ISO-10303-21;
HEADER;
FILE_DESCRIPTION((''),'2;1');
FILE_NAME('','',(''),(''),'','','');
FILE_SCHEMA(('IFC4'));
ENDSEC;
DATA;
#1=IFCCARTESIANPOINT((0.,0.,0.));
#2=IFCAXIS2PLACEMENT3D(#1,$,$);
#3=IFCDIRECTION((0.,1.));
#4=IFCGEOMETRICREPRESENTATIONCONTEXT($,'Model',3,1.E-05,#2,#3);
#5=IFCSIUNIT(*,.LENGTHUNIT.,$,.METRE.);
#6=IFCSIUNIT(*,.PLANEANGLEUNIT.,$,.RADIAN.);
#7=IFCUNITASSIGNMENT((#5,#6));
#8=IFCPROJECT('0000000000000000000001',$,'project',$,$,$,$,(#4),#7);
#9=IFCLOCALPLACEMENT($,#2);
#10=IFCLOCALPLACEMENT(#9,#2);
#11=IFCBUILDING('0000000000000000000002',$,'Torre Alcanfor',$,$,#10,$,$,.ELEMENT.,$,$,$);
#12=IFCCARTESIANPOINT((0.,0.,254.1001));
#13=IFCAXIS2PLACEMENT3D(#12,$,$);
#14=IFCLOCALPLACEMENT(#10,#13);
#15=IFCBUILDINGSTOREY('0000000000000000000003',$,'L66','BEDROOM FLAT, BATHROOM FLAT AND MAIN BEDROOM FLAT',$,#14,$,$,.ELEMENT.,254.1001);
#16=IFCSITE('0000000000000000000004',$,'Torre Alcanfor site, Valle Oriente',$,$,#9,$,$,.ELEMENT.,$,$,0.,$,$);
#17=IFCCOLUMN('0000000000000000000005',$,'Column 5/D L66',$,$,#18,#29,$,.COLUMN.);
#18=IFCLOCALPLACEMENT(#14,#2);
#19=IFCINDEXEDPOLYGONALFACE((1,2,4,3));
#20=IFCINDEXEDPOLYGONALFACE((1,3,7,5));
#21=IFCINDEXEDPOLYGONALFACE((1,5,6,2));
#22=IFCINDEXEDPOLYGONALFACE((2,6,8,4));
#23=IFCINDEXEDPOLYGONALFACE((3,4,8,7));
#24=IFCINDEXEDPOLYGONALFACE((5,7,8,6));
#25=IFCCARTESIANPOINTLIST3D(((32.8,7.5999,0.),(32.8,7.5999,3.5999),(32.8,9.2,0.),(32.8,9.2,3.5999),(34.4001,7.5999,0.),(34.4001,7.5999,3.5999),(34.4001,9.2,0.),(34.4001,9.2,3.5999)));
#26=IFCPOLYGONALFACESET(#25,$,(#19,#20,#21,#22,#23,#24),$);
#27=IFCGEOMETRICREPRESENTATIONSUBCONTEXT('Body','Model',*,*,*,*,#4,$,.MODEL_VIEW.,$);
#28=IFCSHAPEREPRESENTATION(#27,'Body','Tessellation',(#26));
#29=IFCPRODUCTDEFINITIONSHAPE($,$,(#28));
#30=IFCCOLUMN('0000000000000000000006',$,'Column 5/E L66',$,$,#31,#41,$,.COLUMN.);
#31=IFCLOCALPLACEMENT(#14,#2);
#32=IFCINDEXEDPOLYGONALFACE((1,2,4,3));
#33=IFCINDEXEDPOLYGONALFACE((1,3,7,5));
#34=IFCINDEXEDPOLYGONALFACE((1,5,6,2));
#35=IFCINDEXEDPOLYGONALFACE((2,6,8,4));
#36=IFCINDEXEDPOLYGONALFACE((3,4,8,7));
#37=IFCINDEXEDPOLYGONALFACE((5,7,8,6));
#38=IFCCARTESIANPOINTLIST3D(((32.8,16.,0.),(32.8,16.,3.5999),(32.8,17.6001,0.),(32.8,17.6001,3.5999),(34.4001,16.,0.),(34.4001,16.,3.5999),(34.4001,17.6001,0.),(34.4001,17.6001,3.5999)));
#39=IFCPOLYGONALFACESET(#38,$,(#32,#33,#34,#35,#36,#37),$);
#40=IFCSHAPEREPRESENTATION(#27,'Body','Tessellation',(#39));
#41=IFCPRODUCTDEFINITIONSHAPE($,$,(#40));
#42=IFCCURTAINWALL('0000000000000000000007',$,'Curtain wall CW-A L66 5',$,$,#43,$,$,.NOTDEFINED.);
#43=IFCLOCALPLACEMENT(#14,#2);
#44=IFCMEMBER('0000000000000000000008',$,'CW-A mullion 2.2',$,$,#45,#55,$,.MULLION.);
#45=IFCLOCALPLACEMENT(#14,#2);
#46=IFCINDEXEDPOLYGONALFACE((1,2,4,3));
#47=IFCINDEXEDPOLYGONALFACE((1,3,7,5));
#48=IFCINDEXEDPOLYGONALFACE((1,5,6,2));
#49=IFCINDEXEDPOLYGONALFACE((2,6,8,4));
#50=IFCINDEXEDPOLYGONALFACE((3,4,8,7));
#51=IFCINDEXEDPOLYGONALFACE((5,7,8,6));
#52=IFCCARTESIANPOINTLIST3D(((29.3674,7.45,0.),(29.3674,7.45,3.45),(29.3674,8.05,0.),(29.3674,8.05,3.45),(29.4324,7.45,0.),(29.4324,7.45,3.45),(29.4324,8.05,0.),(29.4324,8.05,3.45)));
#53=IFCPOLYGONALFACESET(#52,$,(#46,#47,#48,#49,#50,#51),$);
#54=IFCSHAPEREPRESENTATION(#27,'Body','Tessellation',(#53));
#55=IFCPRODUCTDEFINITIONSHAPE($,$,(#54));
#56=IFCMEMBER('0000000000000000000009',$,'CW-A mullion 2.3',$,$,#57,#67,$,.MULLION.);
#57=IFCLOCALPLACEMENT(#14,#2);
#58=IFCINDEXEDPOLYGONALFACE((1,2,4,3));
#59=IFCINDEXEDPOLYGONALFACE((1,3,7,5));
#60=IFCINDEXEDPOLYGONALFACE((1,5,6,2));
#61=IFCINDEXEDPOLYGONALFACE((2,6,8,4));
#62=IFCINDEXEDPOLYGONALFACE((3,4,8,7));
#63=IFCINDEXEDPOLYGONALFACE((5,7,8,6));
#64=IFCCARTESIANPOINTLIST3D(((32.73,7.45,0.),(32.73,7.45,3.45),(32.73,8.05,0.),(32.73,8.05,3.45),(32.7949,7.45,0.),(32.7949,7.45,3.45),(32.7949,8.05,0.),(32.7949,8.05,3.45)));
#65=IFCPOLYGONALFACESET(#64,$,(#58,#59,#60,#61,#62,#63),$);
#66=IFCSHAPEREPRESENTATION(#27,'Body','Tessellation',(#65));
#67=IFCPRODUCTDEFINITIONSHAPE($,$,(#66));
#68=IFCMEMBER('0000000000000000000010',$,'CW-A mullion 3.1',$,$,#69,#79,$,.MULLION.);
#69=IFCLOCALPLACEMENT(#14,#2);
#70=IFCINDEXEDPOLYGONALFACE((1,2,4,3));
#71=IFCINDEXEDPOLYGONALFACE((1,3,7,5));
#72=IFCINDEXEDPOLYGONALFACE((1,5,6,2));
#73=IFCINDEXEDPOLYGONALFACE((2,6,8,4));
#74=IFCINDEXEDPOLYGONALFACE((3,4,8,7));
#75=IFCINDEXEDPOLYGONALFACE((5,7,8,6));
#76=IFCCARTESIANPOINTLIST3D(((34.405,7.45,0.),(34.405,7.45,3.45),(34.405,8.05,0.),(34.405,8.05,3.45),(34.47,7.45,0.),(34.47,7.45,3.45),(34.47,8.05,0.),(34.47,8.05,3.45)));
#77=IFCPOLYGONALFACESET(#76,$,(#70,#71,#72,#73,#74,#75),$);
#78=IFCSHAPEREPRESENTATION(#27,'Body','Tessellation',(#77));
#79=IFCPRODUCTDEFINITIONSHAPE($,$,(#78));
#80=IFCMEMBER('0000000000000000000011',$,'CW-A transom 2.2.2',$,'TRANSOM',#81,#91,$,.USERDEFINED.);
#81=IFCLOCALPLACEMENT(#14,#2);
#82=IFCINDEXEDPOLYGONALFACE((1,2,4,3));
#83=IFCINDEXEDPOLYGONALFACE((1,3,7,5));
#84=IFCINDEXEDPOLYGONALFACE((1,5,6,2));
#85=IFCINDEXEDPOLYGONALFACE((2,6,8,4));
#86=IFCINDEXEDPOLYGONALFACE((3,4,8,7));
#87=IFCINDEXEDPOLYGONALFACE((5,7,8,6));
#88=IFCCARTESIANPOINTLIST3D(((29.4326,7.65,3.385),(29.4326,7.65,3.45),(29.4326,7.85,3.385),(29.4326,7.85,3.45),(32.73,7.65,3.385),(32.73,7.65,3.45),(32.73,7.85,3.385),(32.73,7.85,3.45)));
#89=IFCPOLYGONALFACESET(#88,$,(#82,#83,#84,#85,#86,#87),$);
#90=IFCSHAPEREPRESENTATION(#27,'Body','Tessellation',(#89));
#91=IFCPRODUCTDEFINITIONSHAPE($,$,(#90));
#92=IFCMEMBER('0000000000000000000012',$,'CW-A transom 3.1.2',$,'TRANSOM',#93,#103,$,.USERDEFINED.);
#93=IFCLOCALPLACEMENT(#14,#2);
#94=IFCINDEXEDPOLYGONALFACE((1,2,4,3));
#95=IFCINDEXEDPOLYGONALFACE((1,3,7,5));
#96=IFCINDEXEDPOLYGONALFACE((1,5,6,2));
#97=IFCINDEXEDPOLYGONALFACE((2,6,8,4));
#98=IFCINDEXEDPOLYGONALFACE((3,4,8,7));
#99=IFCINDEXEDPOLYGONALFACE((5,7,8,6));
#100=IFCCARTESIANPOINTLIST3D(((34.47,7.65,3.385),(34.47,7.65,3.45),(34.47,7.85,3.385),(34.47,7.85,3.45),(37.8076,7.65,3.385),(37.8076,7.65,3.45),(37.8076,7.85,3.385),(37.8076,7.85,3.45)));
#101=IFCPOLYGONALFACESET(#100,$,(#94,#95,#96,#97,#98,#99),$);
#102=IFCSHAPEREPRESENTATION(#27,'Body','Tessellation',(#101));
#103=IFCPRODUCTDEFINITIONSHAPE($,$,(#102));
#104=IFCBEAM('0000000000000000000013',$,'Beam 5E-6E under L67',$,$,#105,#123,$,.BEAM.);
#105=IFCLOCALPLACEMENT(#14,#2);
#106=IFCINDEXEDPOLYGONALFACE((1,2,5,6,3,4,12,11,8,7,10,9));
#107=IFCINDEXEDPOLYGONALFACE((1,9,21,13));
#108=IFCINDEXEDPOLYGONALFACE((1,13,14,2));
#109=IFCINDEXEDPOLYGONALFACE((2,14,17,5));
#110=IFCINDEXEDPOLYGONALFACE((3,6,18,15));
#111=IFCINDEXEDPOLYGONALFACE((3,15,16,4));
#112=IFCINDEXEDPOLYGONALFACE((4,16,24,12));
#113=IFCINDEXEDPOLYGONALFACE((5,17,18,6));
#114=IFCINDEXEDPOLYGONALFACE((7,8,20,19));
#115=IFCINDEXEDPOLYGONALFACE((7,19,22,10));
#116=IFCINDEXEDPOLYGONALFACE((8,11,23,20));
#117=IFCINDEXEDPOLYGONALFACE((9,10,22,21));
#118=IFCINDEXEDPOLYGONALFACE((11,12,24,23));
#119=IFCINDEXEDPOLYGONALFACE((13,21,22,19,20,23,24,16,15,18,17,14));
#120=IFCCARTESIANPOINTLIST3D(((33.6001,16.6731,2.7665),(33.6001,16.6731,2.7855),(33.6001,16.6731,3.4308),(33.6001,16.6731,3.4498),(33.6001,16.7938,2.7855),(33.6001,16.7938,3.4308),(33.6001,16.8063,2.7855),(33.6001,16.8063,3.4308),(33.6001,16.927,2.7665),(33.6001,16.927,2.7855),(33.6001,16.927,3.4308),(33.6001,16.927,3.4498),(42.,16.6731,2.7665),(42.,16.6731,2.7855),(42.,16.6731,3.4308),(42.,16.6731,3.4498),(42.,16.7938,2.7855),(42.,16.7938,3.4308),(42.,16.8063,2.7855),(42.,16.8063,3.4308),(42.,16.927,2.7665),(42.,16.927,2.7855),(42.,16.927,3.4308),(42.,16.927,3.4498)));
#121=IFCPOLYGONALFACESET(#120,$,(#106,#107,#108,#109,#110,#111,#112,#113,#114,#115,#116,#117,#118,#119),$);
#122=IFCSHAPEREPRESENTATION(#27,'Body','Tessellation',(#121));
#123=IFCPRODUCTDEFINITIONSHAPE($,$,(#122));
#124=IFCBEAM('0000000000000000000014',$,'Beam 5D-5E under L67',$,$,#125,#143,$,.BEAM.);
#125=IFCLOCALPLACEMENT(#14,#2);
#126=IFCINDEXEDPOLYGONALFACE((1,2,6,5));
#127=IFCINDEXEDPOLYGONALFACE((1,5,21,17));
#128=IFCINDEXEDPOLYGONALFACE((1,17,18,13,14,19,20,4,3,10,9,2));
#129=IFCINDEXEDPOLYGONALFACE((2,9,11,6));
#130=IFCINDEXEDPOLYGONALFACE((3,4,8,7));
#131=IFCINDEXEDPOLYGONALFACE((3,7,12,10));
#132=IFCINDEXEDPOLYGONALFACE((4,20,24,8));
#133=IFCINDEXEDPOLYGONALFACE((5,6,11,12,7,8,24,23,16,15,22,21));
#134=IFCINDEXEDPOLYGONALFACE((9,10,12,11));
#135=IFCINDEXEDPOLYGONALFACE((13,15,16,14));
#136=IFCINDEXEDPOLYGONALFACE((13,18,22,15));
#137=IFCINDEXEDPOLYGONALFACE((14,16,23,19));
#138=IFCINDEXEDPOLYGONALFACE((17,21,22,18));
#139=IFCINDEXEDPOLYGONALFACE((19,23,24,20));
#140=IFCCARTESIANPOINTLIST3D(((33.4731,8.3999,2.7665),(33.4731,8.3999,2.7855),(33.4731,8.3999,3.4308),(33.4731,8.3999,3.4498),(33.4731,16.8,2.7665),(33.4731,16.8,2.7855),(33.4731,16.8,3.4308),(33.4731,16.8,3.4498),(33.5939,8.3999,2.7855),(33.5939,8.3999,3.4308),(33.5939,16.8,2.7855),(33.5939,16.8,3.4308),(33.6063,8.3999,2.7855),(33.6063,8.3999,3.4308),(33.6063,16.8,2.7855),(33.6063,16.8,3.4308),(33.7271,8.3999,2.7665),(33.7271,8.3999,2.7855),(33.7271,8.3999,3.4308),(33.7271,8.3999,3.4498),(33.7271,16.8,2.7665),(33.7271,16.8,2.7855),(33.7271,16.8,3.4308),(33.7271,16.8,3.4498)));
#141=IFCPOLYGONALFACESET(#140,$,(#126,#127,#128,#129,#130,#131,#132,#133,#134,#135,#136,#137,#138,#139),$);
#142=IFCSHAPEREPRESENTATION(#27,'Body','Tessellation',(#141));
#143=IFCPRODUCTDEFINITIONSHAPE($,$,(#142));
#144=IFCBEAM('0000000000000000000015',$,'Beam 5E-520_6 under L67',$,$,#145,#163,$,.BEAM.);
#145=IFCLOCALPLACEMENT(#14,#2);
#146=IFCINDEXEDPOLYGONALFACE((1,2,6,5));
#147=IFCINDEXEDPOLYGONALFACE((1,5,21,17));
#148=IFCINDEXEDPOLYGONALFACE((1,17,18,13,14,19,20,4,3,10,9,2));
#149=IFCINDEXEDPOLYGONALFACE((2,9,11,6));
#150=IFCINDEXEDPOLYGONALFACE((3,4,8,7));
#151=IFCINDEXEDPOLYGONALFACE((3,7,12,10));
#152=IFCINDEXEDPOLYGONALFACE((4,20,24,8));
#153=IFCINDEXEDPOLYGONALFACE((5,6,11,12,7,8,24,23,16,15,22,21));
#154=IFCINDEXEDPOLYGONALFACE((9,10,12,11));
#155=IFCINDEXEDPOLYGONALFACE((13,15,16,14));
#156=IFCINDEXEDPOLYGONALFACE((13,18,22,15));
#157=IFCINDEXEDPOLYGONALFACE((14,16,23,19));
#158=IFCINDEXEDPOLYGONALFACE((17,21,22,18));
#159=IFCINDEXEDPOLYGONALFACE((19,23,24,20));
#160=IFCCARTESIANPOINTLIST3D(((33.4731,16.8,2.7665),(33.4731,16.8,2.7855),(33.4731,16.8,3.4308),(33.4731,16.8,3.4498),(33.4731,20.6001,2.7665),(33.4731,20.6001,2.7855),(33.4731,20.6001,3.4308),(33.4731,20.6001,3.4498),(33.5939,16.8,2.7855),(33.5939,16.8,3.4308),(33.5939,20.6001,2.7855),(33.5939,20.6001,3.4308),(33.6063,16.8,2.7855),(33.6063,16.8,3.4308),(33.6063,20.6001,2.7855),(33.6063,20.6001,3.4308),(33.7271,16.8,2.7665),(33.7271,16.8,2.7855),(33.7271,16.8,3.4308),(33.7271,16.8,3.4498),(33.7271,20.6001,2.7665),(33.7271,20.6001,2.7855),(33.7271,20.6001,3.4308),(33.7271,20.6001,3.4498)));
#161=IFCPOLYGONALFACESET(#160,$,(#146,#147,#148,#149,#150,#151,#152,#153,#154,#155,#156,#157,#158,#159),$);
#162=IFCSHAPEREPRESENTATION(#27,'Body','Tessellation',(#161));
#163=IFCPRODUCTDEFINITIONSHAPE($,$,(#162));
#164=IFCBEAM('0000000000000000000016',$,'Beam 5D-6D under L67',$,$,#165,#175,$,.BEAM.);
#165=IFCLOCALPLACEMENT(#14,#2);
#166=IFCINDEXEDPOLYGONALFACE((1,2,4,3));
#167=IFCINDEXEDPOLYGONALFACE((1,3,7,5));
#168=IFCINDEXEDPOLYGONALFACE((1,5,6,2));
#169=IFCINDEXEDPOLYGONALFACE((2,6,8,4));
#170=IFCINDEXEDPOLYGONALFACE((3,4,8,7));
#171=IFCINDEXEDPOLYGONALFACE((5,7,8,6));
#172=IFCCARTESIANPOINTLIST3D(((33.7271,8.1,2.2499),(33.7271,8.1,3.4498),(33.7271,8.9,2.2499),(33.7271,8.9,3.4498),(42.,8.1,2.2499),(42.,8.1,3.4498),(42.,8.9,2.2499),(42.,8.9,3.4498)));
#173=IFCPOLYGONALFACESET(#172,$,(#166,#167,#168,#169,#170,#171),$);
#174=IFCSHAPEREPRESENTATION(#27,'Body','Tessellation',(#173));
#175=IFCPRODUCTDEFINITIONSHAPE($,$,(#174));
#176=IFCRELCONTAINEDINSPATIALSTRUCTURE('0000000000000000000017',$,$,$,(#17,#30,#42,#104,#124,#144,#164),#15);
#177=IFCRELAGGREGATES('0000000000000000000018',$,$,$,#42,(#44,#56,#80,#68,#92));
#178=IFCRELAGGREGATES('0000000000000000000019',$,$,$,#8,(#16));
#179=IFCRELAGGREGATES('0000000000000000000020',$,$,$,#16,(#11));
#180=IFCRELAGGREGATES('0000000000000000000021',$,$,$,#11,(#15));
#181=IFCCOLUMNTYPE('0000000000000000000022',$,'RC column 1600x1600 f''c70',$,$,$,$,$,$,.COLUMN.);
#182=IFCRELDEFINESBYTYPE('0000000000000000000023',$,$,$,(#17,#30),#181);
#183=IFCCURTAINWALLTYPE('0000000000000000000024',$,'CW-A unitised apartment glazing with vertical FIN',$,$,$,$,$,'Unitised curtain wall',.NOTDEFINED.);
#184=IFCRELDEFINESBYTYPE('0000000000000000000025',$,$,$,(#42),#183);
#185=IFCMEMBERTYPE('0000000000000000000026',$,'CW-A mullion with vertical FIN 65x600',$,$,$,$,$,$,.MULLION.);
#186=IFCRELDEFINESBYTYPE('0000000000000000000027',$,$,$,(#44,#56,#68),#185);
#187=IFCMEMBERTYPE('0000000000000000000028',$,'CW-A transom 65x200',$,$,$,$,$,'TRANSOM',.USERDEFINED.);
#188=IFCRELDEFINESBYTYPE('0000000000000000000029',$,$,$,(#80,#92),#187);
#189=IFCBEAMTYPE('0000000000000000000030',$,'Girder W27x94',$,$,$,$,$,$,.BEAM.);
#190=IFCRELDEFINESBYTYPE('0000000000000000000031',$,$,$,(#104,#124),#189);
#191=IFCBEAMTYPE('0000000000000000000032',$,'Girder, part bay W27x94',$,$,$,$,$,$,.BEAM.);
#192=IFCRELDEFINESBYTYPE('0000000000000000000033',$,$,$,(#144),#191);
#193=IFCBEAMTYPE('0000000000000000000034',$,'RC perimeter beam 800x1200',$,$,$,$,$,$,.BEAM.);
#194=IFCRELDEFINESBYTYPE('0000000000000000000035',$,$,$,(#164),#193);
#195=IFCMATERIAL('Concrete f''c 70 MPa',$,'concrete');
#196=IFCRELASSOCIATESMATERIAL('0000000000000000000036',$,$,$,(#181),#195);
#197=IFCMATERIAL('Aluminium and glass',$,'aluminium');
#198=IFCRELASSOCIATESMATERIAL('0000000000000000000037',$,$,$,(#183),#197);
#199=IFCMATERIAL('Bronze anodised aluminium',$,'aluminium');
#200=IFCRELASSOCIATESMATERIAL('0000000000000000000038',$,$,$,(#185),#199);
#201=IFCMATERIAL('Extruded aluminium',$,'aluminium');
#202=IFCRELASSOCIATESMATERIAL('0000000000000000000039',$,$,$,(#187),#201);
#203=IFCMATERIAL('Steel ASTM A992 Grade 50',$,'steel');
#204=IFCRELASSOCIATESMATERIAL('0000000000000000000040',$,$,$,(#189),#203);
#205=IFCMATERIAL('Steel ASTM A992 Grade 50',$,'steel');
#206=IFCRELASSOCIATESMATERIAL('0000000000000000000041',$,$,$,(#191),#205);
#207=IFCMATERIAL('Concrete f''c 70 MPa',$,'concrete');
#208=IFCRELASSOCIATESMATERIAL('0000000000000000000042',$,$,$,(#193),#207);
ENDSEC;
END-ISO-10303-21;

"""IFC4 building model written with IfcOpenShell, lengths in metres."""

from ifc_helpers import new_model, si_unit, direction, frame, origin, origin_2d, place, context, subcontext, project, spatial, rectangle, i_section, extrude, material, material_profile, profile_set, type_object, element, aggregate, save


model = new_model("IFC4")

# Units and contexts
model_context = context("Model", 3, precision=1e-05, world=origin(), true_north=direction((0.0, 1.0)))
body_context = subcontext(model_context, "Body", "Model", "MODEL_VIEW")
ifc_project = project(units=[si_unit("LENGTHUNIT", "METRE"), si_unit("PLANEANGLEUNIT", "RADIAN")], contexts=[model_context])

# Site, building, storey
site_placement = place(None, origin())
site = spatial("IfcSite", under=ifc_project, at=site_placement, Name="Torre Alcanfor site, Valle Oriente", CompositionType="ELEMENT", RefElevation=0.0)
building_placement = place(site_placement, origin())
building = spatial("IfcBuilding", under=site, at=building_placement, Name="Torre Alcanfor", CompositionType="ELEMENT")
storey_placement = place(building_placement, frame((0.0, 0.0, 254.1001)))
storey = spatial("IfcBuildingStorey", under=building, at=storey_placement, Name="L66", Description="BEDROOM FLAT, BATHROOM FLAT AND MAIN BEDROOM FLAT", CompositionType="ELEMENT", Elevation=254.1001)

# Columns
ifc_material_1 = material(Name="Concrete f'c 70 MPa", Category="concrete")
ifc_material_profile_1 = material_profile(ifc_material_1, rectangle(XDim=1.6001, YDim=1.6001, at=origin_2d()), Name="1600x1600")
ifc_profile_set_1 = profile_set([ifc_material_profile_1], Name="Concrete f'c 70 MPa")
column_type = type_object("IfcColumnType", Name="RC column 1600x1600 f'c70", PredefinedType="COLUMN", material=ifc_profile_set_1)
for number, where, z_axis, x_axis, name in (
    (1, (33.6001, 8.3999, 0.0), (0.0, 0.0, 1.0), (1.0, 0.0, 0.0), "Column 5/D L66"),
    (2, (33.6001, 16.8, 0.0), (0.0, 0.0, 1.0), (1.0, 0.0, 0.0), "Column 5/E L66"),
):
    element("IfcColumn", number, at=place(storey_placement, frame(where, z_axis=z_axis, x_axis=x_axis)), inside=storey, type_object=column_type, Name=name, PredefinedType="COLUMN", context=body_context, shape_type="SweptSolid", body=[
        extrude(rectangle(XDim=1.6001, YDim=1.6001, at=origin_2d()), origin(), (0.0, 0.0, 1.0), 3.5999),
    ])

# Curtain wall, members
ifc_material_2 = material(Name="Aluminium and glass", Category="aluminium")
curtain_wall_type = type_object("IfcCurtainWallType", Name="CW-A unitised apartment glazing with vertical FIN", ElementType="Unitised curtain wall", PredefinedType="NOTDEFINED", material=ifc_material_2)
curtain_wall_placement = place(storey_placement, origin())
curtain_wall = element("IfcCurtainWall", 3, at=curtain_wall_placement, inside=storey, type_object=curtain_wall_type, Name="Curtain wall CW-A L66 5", PredefinedType="NOTDEFINED")
ifc_material_3 = material(Name="Bronze anodised aluminium", Category="aluminium")
ifc_material_profile_2 = material_profile(ifc_material_3, rectangle(XDim=0.6001, YDim=0.0649, at=origin_2d()), Name="CW-A mullion 65x600")
ifc_profile_set_2 = profile_set([ifc_material_profile_2], Name="Bronze anodised aluminium")
member_type_1 = type_object("IfcMemberType", Name="CW-A mullion with vertical FIN 65x600", PredefinedType="MULLION", material=ifc_profile_set_2)
member_1_placement = place(storey_placement, frame((29.3999, 7.75, 0.0), z_axis=(0.0, 0.0, 1.0), x_axis=(0.0, 1.0, 0.0)))
member_1 = element("IfcMember", 4, at=member_1_placement, type_object=member_type_1, Name="CW-A mullion 2.2", PredefinedType="MULLION", context=body_context, shape_type="SweptSolid", body=[
    extrude(rectangle(XDim=0.6001, YDim=0.0649, at=origin_2d()), origin(), (0.0, 0.0, 1.0), 3.45),
])
member_2_placement = place(storey_placement, frame((32.7625, 7.75, 0.0), z_axis=(0.0, 0.0, 1.0), x_axis=(0.0, 1.0, 0.0)))
member_2 = element("IfcMember", 5, at=member_2_placement, type_object=member_type_1, Name="CW-A mullion 2.3", PredefinedType="MULLION", context=body_context, shape_type="SweptSolid", body=[
    extrude(rectangle(XDim=0.6001, YDim=0.0649, at=origin_2d()), origin(), (0.0, 0.0, 1.0), 3.45),
])
member_3_placement = place(storey_placement, frame((34.4375, 7.75, 0.0), z_axis=(0.0, 0.0, 1.0), x_axis=(0.0, 1.0, 0.0)))
member_3 = element("IfcMember", 6, at=member_3_placement, type_object=member_type_1, Name="CW-A mullion 3.1", PredefinedType="MULLION", context=body_context, shape_type="SweptSolid", body=[
    extrude(rectangle(XDim=0.6001, YDim=0.0649, at=origin_2d()), origin(), (0.0, 0.0, 1.0), 3.45),
])
ifc_material_4 = material(Name="Extruded aluminium", Category="aluminium")
ifc_material_profile_3 = material_profile(ifc_material_4, rectangle(XDim=0.2, YDim=0.0649, at=origin_2d()), Name="CW-A transom 200x65")
ifc_profile_set_3 = profile_set([ifc_material_profile_3], Name="Extruded aluminium")
member_type_2 = type_object("IfcMemberType", Name="CW-A transom 65x200", ElementType="TRANSOM", PredefinedType="USERDEFINED", material=ifc_profile_set_3)
member_4_placement = place(storey_placement, frame((29.4326, 7.75, 3.4175), z_axis=(1.0, 0.0, 0.0), x_axis=(0.0, 1.0, 0.0)))
member_4 = element("IfcMember", 7, at=member_4_placement, type_object=member_type_2, Name="CW-A transom 2.2.2", ObjectType="TRANSOM", PredefinedType="USERDEFINED", context=body_context, shape_type="SweptSolid", body=[
    extrude(rectangle(XDim=0.2, YDim=0.0649, at=origin_2d()), origin(), (0.0, 0.0, 1.0), 3.2974),
])
member_5_placement = place(storey_placement, frame((34.47, 7.75, 3.4175), z_axis=(1.0, 0.0, 0.0), x_axis=(0.0, 1.0, 0.0)))
member_5 = element("IfcMember", 8, at=member_5_placement, type_object=member_type_2, Name="CW-A transom 3.1.2", ObjectType="TRANSOM", PredefinedType="USERDEFINED", context=body_context, shape_type="SweptSolid", body=[
    extrude(rectangle(XDim=0.2, YDim=0.0649, at=origin_2d()), origin(), (0.0, 0.0, 1.0), 3.3376),
])

# Beams
ifc_material_5 = material(Name="Steel ASTM A992 Grade 50", Category="steel")
ifc_material_profile_4 = material_profile(ifc_material_5, i_section(OverallWidth=0.2539, OverallDepth=0.6833, WebThickness=0.0125, FlangeThickness=0.019, at=origin_2d()), Name="W27x94")
ifc_profile_set_4 = profile_set([ifc_material_profile_4], Name="Steel ASTM A992 Grade 50")
beam_type_1 = type_object("IfcBeamType", Name="Girder W27x94", PredefinedType="BEAM", material=ifc_profile_set_4)
beam_1_placement = place(storey_placement, frame((33.6001, 16.8, 3.1082), z_axis=(1.0, 0.0, 0.0), x_axis=(0.0, 1.0, 0.0)))
element("IfcBeam", 9, at=beam_1_placement, inside=storey, type_object=beam_type_1, Name="Beam 5E-6E under L67", PredefinedType="BEAM", context=body_context, shape_type="SweptSolid", body=[
    extrude(i_section(OverallWidth=0.2539, OverallDepth=0.6833, WebThickness=0.0125, FlangeThickness=0.019, at=origin_2d()), origin(), (0.0, 0.0, 1.0), 8.3999),
])
beam_2_placement = place(storey_placement, frame((33.6001, 8.3999, 3.1082), z_axis=(0.0, 1.0, 0.0), x_axis=(-1.0, 0.0, 0.0)))
element("IfcBeam", 10, at=beam_2_placement, inside=storey, type_object=beam_type_1, Name="Beam 5D-5E under L67", PredefinedType="BEAM", context=body_context, shape_type="SweptSolid", body=[
    extrude(i_section(OverallWidth=0.2539, OverallDepth=0.6833, WebThickness=0.0125, FlangeThickness=0.019, at=origin_2d()), origin(), (0.0, 0.0, 1.0), 8.4001),
])
ifc_material_6 = material(Name="Steel ASTM A992 Grade 50", Category="steel")
ifc_material_profile_5 = material_profile(ifc_material_6, i_section(OverallWidth=0.2539, OverallDepth=0.6833, WebThickness=0.0125, FlangeThickness=0.019, at=origin_2d()), Name="W27x94")
ifc_profile_set_5 = profile_set([ifc_material_profile_5], Name="Steel ASTM A992 Grade 50")
beam_type_2 = type_object("IfcBeamType", Name="Girder, part bay W27x94", PredefinedType="BEAM", material=ifc_profile_set_5)
beam_3_placement = place(storey_placement, frame((33.6001, 16.8, 3.1082), z_axis=(0.0, 1.0, 0.0), x_axis=(-1.0, 0.0, 0.0)))
element("IfcBeam", 11, at=beam_3_placement, inside=storey, type_object=beam_type_2, Name="Beam 5E-520_6 under L67", PredefinedType="BEAM", context=body_context, shape_type="SweptSolid", body=[
    extrude(i_section(OverallWidth=0.2539, OverallDepth=0.6833, WebThickness=0.0125, FlangeThickness=0.019, at=origin_2d()), origin(), (0.0, 0.0, 1.0), 3.8),
])
ifc_material_7 = material(Name="Concrete f'c 70 MPa", Category="concrete")
ifc_material_profile_6 = material_profile(ifc_material_7, rectangle(XDim=0.8, YDim=1.2, at=origin_2d()), Name="800x1200")
ifc_profile_set_6 = profile_set([ifc_material_profile_6], Name="Concrete f'c 70 MPa")
beam_type_3 = type_object("IfcBeamType", Name="RC perimeter beam 800x1200", PredefinedType="BEAM", material=ifc_profile_set_6)
beam_4_placement = place(storey_placement, frame((33.7271, 8.5, 2.8499), z_axis=(1.0, 0.0, 0.0), x_axis=(0.0, 1.0, 0.0)))
element("IfcBeam", 12, at=beam_4_placement, inside=storey, type_object=beam_type_3, Name="Beam 5D-6D under L67", PredefinedType="BEAM", context=body_context, shape_type="SweptSolid", body=[
    extrude(rectangle(XDim=0.8, YDim=1.2, at=origin_2d()), origin(), (0.0, 0.0, 1.0), 8.2729),
])

aggregate(curtain_wall, [member_1, member_2, member_4, member_3, member_5])

save(model, "model.ifc")
